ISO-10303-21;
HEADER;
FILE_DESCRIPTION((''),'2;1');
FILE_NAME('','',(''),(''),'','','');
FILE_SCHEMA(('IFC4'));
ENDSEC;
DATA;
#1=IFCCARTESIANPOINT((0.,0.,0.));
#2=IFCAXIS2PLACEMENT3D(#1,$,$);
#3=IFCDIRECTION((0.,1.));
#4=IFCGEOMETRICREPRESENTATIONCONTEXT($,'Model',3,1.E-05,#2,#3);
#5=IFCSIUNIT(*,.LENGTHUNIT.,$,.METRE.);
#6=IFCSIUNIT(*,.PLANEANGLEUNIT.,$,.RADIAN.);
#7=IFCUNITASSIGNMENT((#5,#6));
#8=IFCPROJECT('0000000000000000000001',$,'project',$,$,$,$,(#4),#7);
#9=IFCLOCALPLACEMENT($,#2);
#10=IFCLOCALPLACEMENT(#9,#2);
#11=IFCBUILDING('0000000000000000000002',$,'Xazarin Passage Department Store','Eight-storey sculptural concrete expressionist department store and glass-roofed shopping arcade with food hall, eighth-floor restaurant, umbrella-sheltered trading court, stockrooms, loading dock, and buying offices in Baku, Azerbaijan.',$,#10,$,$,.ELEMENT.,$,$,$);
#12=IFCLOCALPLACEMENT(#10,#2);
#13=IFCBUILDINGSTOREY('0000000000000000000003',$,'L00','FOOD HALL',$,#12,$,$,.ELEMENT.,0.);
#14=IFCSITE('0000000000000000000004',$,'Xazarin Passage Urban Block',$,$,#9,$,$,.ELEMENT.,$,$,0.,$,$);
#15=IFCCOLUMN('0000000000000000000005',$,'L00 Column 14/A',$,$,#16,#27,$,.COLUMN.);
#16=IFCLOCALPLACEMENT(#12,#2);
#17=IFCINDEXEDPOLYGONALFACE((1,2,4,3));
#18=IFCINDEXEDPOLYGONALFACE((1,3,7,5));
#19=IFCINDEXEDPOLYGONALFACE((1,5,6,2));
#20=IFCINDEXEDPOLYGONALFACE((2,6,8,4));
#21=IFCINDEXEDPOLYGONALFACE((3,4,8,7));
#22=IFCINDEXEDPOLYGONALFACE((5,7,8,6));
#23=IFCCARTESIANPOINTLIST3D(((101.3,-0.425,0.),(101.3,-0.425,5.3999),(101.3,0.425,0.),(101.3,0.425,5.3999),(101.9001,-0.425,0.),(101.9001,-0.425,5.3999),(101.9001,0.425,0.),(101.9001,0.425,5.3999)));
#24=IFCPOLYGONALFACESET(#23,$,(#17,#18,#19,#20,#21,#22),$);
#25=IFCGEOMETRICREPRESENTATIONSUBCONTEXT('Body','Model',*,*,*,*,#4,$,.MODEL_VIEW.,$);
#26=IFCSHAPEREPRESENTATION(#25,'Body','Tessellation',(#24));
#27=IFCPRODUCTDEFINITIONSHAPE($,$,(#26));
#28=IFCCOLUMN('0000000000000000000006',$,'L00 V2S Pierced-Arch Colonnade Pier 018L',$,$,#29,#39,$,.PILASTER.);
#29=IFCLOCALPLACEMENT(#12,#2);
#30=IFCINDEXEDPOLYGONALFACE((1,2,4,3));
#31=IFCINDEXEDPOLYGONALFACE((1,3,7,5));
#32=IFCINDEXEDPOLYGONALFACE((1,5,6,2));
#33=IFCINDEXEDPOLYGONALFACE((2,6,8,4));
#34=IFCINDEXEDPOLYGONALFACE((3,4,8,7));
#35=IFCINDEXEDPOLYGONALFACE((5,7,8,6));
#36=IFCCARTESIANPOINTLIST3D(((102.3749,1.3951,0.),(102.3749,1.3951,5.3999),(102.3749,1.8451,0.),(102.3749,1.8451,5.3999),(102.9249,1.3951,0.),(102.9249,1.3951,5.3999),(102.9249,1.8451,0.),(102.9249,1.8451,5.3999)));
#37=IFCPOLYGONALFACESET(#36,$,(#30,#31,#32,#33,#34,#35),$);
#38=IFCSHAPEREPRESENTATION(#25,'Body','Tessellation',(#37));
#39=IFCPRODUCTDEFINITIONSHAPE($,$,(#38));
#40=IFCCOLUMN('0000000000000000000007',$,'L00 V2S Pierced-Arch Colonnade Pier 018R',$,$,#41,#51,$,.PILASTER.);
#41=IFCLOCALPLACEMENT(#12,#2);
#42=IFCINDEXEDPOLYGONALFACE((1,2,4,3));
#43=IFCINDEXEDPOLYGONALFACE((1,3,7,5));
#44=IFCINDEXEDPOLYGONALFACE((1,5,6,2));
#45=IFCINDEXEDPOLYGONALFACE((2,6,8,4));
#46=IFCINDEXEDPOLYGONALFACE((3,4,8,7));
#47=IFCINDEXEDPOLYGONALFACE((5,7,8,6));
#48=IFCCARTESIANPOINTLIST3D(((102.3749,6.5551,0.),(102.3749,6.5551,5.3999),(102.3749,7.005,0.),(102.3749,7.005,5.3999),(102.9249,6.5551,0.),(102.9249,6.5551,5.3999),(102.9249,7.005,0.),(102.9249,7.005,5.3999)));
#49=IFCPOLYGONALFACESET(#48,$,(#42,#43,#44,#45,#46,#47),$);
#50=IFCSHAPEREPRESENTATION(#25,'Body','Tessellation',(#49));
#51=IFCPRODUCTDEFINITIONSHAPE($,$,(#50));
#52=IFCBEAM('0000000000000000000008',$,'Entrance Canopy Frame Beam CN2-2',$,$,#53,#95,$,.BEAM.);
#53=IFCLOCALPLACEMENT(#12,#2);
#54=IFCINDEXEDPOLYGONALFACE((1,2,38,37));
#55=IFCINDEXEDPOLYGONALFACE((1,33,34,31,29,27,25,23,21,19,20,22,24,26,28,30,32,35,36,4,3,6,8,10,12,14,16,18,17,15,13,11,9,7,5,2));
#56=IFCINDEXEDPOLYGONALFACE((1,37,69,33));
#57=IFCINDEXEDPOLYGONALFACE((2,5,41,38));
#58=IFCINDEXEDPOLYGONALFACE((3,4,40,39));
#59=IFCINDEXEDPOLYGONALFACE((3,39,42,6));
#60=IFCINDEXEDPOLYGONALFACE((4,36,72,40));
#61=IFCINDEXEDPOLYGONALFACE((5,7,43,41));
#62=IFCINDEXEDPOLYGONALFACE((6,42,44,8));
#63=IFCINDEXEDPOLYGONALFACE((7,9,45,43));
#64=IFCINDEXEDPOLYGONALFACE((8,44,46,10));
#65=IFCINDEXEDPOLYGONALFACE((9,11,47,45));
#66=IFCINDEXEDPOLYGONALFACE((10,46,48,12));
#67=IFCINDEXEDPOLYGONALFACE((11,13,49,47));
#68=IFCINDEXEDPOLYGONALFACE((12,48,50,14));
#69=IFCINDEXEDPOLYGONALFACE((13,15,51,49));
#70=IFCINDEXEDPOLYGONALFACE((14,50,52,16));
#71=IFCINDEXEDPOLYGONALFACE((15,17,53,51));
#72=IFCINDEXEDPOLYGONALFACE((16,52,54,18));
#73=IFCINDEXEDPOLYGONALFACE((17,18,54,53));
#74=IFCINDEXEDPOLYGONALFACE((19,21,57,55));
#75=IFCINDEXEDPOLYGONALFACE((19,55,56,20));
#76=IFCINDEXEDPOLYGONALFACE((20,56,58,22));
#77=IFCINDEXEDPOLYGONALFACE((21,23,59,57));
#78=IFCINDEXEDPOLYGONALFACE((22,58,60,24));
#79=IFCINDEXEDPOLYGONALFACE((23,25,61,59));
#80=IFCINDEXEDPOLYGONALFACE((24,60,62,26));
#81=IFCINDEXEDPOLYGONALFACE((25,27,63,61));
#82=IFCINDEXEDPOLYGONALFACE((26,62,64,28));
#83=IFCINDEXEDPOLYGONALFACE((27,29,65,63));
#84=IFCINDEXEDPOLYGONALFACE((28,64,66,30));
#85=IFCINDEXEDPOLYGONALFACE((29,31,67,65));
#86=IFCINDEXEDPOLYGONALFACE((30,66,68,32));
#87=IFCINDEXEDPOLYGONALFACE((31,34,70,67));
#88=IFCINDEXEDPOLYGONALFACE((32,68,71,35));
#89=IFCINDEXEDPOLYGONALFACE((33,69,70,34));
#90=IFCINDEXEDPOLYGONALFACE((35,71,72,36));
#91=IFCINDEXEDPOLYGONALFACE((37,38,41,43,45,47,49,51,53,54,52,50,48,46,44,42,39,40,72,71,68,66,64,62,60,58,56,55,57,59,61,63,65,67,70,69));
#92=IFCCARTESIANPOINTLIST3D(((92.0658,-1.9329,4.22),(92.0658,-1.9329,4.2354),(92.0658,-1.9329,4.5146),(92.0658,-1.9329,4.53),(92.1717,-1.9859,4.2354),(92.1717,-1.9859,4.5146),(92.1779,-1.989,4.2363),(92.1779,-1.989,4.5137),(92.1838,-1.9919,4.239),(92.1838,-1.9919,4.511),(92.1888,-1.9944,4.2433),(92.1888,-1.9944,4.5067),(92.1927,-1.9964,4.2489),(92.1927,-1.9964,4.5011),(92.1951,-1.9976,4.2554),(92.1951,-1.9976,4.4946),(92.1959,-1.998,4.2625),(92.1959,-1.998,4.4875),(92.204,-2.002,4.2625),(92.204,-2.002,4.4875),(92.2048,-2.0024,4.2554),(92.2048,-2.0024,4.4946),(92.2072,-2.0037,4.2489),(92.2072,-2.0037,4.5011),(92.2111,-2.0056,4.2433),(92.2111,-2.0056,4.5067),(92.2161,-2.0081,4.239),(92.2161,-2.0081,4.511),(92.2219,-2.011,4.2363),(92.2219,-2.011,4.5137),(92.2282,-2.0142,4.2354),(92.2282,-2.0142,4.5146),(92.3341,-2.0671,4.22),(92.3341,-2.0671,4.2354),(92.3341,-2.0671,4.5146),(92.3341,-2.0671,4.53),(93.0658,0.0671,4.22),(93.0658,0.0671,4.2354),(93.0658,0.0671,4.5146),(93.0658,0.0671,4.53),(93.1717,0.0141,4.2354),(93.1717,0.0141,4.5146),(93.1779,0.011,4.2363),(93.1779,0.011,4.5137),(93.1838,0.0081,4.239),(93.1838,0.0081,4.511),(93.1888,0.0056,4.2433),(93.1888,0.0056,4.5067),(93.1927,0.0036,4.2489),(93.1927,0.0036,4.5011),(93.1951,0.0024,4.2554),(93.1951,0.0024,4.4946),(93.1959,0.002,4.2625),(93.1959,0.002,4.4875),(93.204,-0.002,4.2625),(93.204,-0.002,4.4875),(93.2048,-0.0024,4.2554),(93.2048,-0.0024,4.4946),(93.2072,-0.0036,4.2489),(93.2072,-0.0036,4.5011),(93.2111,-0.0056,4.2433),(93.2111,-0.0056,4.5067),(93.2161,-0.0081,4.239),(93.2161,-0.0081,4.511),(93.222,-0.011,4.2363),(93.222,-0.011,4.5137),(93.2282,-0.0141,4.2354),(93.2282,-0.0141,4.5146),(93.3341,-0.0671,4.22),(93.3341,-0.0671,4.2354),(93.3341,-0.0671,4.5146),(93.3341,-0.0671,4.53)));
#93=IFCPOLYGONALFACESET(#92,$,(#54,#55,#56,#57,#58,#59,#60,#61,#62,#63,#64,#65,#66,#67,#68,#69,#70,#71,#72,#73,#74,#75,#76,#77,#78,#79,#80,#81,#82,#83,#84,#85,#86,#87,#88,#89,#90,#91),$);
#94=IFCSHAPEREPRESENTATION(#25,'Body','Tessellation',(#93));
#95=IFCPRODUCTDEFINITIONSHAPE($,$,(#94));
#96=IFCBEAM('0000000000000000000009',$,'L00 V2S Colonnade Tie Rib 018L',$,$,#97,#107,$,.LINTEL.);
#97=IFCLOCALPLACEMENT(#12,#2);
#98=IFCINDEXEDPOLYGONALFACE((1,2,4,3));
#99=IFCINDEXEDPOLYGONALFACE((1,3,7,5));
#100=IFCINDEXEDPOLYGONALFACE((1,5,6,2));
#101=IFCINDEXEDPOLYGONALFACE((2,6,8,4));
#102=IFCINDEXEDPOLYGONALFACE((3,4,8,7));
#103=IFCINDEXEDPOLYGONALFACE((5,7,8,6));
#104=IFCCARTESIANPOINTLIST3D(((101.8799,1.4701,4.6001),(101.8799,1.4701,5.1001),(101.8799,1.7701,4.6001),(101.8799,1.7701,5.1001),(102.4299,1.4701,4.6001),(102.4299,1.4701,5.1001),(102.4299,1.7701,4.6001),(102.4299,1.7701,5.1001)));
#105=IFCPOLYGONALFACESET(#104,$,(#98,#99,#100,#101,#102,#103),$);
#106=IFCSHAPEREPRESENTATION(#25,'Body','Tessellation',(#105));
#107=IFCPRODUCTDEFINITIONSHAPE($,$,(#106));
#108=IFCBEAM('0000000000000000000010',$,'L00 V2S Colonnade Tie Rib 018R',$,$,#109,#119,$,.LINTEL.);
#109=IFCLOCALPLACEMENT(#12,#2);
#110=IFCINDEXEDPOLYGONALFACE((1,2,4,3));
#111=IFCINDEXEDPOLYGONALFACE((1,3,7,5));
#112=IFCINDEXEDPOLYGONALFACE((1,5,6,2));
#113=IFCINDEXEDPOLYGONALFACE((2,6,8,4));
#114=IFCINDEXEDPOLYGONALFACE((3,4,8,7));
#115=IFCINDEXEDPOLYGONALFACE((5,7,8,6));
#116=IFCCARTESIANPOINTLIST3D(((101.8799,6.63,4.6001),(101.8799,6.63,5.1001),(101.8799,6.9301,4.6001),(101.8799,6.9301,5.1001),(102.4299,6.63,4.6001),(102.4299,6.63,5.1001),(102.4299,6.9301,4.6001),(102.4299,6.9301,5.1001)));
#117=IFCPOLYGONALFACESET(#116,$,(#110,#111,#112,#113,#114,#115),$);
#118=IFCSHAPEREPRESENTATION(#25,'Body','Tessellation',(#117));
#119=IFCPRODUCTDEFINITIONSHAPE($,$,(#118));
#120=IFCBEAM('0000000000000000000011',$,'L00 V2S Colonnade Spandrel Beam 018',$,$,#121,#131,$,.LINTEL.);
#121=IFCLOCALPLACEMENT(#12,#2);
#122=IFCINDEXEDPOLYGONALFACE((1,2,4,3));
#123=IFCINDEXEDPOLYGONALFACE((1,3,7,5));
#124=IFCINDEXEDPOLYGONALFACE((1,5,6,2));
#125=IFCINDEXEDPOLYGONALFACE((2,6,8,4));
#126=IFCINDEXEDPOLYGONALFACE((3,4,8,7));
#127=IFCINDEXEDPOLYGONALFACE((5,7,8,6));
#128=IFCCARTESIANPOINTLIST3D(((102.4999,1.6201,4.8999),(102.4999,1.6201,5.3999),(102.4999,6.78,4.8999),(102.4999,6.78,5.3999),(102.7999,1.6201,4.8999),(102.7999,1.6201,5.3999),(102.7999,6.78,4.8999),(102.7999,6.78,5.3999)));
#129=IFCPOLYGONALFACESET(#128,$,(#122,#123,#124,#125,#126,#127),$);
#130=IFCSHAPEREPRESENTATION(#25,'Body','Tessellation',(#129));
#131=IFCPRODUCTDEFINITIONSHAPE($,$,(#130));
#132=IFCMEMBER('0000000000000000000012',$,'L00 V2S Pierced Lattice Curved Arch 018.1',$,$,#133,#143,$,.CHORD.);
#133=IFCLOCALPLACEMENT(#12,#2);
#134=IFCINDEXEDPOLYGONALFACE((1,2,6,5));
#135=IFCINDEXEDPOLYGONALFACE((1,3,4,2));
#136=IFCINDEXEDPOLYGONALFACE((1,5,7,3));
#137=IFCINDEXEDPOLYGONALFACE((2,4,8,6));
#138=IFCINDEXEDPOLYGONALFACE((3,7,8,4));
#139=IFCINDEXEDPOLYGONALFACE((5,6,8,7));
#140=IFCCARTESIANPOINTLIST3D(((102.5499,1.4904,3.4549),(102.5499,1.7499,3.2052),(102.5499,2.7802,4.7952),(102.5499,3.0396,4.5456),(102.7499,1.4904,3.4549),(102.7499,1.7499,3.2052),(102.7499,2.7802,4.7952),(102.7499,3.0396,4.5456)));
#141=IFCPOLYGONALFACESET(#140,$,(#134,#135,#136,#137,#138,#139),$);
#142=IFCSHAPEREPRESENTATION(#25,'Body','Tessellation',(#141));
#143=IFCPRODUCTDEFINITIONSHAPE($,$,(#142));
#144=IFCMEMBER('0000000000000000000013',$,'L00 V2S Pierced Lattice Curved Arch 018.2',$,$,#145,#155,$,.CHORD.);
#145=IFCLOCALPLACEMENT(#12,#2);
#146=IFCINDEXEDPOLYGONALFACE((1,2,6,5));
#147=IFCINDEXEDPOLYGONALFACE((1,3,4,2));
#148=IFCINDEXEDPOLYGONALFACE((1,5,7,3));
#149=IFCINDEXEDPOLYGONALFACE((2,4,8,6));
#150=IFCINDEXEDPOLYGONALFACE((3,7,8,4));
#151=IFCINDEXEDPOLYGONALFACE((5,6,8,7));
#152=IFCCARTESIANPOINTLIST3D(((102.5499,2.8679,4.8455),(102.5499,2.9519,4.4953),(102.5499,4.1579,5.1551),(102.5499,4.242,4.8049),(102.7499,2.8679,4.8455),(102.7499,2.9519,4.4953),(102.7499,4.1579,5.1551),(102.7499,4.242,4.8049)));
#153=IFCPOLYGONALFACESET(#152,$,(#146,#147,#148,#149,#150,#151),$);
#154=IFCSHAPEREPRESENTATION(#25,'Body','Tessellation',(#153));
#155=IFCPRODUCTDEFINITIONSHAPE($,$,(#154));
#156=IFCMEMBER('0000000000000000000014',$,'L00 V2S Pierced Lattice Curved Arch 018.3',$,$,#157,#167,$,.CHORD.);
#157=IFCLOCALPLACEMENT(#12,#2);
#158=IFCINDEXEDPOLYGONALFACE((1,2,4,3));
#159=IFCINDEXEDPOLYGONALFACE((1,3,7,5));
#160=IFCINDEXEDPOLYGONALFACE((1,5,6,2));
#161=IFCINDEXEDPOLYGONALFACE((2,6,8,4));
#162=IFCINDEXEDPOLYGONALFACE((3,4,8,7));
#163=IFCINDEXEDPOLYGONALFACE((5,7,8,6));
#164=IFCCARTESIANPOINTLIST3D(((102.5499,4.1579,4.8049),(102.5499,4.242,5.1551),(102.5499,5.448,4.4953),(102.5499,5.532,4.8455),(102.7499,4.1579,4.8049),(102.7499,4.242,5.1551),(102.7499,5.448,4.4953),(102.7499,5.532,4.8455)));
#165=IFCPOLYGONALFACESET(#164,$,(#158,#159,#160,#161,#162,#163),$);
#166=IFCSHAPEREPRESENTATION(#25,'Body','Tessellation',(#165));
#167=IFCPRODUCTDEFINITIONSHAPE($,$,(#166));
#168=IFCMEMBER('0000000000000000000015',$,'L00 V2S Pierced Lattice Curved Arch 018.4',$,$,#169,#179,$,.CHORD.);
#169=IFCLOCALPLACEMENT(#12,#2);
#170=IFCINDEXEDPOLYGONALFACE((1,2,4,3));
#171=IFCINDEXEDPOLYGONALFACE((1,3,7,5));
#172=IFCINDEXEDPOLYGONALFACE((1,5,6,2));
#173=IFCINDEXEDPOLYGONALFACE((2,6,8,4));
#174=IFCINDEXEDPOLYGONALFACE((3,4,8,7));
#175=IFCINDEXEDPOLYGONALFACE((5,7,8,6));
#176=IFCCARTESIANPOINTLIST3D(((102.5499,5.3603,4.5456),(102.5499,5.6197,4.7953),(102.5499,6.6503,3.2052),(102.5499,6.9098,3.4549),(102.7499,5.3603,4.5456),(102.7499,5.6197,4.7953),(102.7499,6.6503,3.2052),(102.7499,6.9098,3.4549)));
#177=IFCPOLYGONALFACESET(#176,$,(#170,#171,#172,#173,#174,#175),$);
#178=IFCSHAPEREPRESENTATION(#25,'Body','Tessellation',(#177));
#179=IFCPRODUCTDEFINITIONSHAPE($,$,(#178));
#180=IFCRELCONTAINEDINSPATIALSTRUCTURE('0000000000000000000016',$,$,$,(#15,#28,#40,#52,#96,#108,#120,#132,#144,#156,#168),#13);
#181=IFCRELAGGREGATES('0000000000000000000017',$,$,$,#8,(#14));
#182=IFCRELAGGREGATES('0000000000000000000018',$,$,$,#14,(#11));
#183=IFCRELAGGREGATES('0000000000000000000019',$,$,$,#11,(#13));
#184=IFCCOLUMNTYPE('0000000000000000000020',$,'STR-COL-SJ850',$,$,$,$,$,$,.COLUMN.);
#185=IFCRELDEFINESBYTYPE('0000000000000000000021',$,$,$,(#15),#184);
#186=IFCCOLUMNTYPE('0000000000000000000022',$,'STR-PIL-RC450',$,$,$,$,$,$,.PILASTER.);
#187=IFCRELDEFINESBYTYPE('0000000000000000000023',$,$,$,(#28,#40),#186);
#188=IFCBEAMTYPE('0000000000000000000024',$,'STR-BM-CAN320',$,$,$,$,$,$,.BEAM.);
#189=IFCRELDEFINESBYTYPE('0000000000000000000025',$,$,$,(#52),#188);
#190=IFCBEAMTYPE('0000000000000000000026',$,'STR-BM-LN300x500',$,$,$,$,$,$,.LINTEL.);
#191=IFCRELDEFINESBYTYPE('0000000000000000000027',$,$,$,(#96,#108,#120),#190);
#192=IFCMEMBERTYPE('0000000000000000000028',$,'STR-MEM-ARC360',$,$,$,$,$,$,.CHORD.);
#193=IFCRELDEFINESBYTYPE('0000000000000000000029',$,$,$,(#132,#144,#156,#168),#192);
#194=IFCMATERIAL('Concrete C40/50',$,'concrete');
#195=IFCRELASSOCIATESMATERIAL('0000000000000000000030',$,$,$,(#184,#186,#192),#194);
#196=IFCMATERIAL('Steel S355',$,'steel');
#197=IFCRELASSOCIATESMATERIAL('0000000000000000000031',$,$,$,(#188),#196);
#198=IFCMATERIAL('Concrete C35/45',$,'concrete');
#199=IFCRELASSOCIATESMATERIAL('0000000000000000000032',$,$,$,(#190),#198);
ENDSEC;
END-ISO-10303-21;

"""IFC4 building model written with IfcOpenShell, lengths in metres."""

from ifc_helpers import new_model, si_unit, direction, frame, origin, origin_2d, place, context, subcontext, project, spatial, rectangle, i_section, extrude, material, material_profile, profile_set, type_object, element, save


model = new_model("IFC4")

# Units and contexts
model_context = context("Model", 3, precision=1e-05, world=origin(), true_north=direction((0.0, 1.0)))
body_context = subcontext(model_context, "Body", "Model", "MODEL_VIEW")
ifc_project = project(units=[si_unit("LENGTHUNIT", "METRE"), si_unit("PLANEANGLEUNIT", "RADIAN")], contexts=[model_context])

# Site, building, storey
site_placement = place(None, origin())
site = spatial("IfcSite", under=ifc_project, at=site_placement, Name="Xazarin Passage Urban Block", CompositionType="ELEMENT", RefElevation=0.0)
building_placement = place(site_placement, origin())
building = spatial("IfcBuilding", under=site, at=building_placement, Name="Xazarin Passage Department Store", Description="Eight-storey sculptural concrete expressionist department store and glass-roofed shopping arcade with food hall, eighth-floor restaurant, umbrella-sheltered trading court, stockrooms, loading dock, and buying offices in Baku, Azerbaijan.", CompositionType="ELEMENT")
storey_placement = place(building_placement, origin())
storey = spatial("IfcBuildingStorey", under=building, at=storey_placement, Name="L00", Description="FOOD HALL", CompositionType="ELEMENT", Elevation=0.0)

# Shared definitions
ifc_material_1 = material(Name="Concrete C35/45", Category="concrete")

# Columns
ifc_material_2 = material(Name="Concrete C40/50", Category="concrete")
ifc_material_profile_1 = material_profile(ifc_material_2, rectangle(XDim=0.6001, YDim=0.8501, at=origin_2d()), Name="RC 600x850")
ifc_profile_set_1 = profile_set([ifc_material_profile_1], Name="Concrete C40/50")
column_type_1 = type_object("IfcColumnType", Name="STR-COL-SJ850", PredefinedType="COLUMN", material=ifc_profile_set_1)
column_1_placement = place(storey_placement, frame((101.6001, 0.0, 0.0), z_axis=(0.0, 0.0, 1.0), x_axis=(1.0, 0.0, 0.0)))
element("IfcColumn", 1, at=column_1_placement, inside=storey, type_object=column_type_1, Name="L00 Column 14/A", PredefinedType="COLUMN", context=body_context, shape_type="SweptSolid", body=[
    extrude(rectangle(XDim=0.6001, YDim=0.8501, at=origin_2d()), origin(), (0.0, 0.0, 1.0), 5.3999),
])
ifc_material_profile_2 = material_profile(ifc_material_2, rectangle(XDim=0.45, YDim=0.55, at=origin_2d()), Name="RC 450x550")
ifc_profile_set_2 = profile_set([ifc_material_profile_2], Name="Concrete C40/50")
column_type_2 = type_object("IfcColumnType", Name="STR-PIL-RC450", PredefinedType="PILASTER", material=ifc_profile_set_2)
for number, where, z_axis, x_axis, name in (
    (2, (102.6499, 1.6201, 0.0), (0.0, 0.0, 1.0), (0.0, 1.0, 0.0), "L00 V2S Pierced-Arch Colonnade Pier 018L"),
    (3, (102.6499, 6.78, 0.0), (0.0, 0.0, 1.0), (0.0, 1.0, 0.0), "L00 V2S Pierced-Arch Colonnade Pier 018R"),
):
    element("IfcColumn", number, at=place(storey_placement, frame(where, z_axis=z_axis, x_axis=x_axis)), inside=storey, type_object=column_type_2, Name=name, PredefinedType="PILASTER", context=body_context, shape_type="SweptSolid", body=[
        extrude(rectangle(XDim=0.45, YDim=0.55, at=origin_2d()), origin(), (0.0, 0.0, 1.0), 5.3999),
    ])

# Beams
ifc_material_3 = material(Name="Steel S355", Category="steel")
ifc_material_profile_3 = material_profile(ifc_material_3, i_section(OverallWidth=0.3, OverallDepth=0.3101, WebThickness=0.009, FlangeThickness=0.0154, FilletRadius=0.0271, at=origin_2d()), Name="HEA 320")
ifc_profile_set_3 = profile_set([ifc_material_profile_3], Name="Steel S355")
beam_type_1 = type_object("IfcBeamType", Name="STR-BM-CAN320", PredefinedType="BEAM", material=ifc_profile_set_3)
beam_1_placement = place(storey_placement, frame((93.2, 0.0, 4.375), z_axis=(-0.447214, -0.894427, 0.0), x_axis=(0.894427, -0.447214, 0.0)))
element("IfcBeam", 4, at=beam_1_placement, inside=storey, type_object=beam_type_1, Name="Entrance Canopy Frame Beam CN2-2", PredefinedType="BEAM", context=body_context, shape_type="SweptSolid", body=[
    extrude(i_section(OverallWidth=0.3, OverallDepth=0.3101, WebThickness=0.009, FlangeThickness=0.0154, FilletRadius=0.0271, at=origin_2d()), origin(), (0.0, 0.0, 1.0), 2.2361),
])
ifc_material_profile_4 = material_profile(ifc_material_1, rectangle(XDim=0.3, YDim=0.5, at=origin_2d()), Name="RC 300x500")
ifc_profile_set_4 = profile_set([ifc_material_profile_4], Name="Concrete C35/45")
beam_type_2 = type_object("IfcBeamType", Name="STR-BM-LN300x500", PredefinedType="LINTEL", material=ifc_profile_set_4)
for number, where, z_axis, x_axis, name in (
    (5, (101.8799, 1.6201, 4.8501), (1.0, 0.0, 0.0), (0.0, 1.0, 0.0), "L00 V2S Colonnade Tie Rib 018L"),
    (6, (101.8799, 6.78, 4.8501), (1.0, 0.0, 0.0), (0.0, 1.0, 0.0), "L00 V2S Colonnade Tie Rib 018R"),
):
    element("IfcBeam", number, at=place(storey_placement, frame(where, z_axis=z_axis, x_axis=x_axis)), inside=storey, type_object=beam_type_2, Name=name, PredefinedType="LINTEL", context=body_context, shape_type="SweptSolid", body=[
        extrude(rectangle(XDim=0.3, YDim=0.5, at=origin_2d()), origin(), (0.0, 0.0, 1.0), 0.55),
    ])
beam_2_placement = place(storey_placement, frame((102.6499, 1.6201, 5.1499), z_axis=(0.0, 1.0, 0.0), x_axis=(-1.0, 0.0, 0.0)))
element("IfcBeam", 7, at=beam_2_placement, inside=storey, type_object=beam_type_2, Name="L00 V2S Colonnade Spandrel Beam 018", PredefinedType="LINTEL", context=body_context, shape_type="SweptSolid", body=[
    extrude(rectangle(XDim=0.3, YDim=0.5, at=origin_2d()), origin(), (0.0, 0.0, 1.0), 5.1599),
])

# Members
ifc_material_profile_5 = material_profile(ifc_material_2, rectangle(XDim=0.2, YDim=0.3601, at=origin_2d()), Name="RC 200x360")
ifc_profile_set_5 = profile_set([ifc_material_profile_5], Name="Concrete C40/50")
member_type_1 = type_object("IfcMemberType", Name="STR-MEM-ARC360", PredefinedType="CHORD", material=ifc_profile_set_5)
member_1_placement = place(storey_placement, frame((102.6499, 1.6201, 3.3301), z_axis=(0.0, 0.693392, 0.720561), x_axis=(-1.0, 0.0, 0.0)))
element("IfcMember", 8, at=member_1_placement, inside=storey, type_object=member_type_1, Name="L00 V2S Pierced Lattice Curved Arch 018.1", PredefinedType="CHORD", context=body_context, shape_type="SweptSolid", body=[
    extrude(rectangle(XDim=0.2, YDim=0.3601, at=origin_2d()), origin(), (0.0, 0.0, 1.0), 1.8601),
])
for number, where, z_axis, x_axis, name in (
    (9, (102.6499, 2.9099, 4.6704), (0.0, 0.972394, 0.233345), (-1.0, 0.0, 0.0), "L00 V2S Pierced Lattice Curved Arch 018.2"),
    (10, (102.6499, 4.2, 4.98), (0.0, 0.972394, -0.233345), (-1.0, 0.0, 0.0), "L00 V2S Pierced Lattice Curved Arch 018.3"),
):
    element("IfcMember", number, at=place(storey_placement, frame(where, z_axis=z_axis, x_axis=x_axis)), inside=storey, type_object=member_type_1, Name=name, PredefinedType="CHORD", context=body_context, shape_type="SweptSolid", body=[
        extrude(rectangle(XDim=0.2, YDim=0.3601, at=origin_2d()), origin(), (0.0, 0.0, 1.0), 1.3267),
    ])
member_2_placement = place(storey_placement, frame((102.6499, 5.49, 4.6704), z_axis=(0.0, 0.69346, -0.720495), x_axis=(-1.0, 0.0, 0.0)))
element("IfcMember", 11, at=member_2_placement, inside=storey, type_object=member_type_1, Name="L00 V2S Pierced Lattice Curved Arch 018.4", PredefinedType="CHORD", context=body_context, shape_type="SweptSolid", body=[
    extrude(rectangle(XDim=0.2, YDim=0.3601, at=origin_2d()), origin(), (0.0, 0.0, 1.0), 1.8604),
])

save(model, "model.ifc")
